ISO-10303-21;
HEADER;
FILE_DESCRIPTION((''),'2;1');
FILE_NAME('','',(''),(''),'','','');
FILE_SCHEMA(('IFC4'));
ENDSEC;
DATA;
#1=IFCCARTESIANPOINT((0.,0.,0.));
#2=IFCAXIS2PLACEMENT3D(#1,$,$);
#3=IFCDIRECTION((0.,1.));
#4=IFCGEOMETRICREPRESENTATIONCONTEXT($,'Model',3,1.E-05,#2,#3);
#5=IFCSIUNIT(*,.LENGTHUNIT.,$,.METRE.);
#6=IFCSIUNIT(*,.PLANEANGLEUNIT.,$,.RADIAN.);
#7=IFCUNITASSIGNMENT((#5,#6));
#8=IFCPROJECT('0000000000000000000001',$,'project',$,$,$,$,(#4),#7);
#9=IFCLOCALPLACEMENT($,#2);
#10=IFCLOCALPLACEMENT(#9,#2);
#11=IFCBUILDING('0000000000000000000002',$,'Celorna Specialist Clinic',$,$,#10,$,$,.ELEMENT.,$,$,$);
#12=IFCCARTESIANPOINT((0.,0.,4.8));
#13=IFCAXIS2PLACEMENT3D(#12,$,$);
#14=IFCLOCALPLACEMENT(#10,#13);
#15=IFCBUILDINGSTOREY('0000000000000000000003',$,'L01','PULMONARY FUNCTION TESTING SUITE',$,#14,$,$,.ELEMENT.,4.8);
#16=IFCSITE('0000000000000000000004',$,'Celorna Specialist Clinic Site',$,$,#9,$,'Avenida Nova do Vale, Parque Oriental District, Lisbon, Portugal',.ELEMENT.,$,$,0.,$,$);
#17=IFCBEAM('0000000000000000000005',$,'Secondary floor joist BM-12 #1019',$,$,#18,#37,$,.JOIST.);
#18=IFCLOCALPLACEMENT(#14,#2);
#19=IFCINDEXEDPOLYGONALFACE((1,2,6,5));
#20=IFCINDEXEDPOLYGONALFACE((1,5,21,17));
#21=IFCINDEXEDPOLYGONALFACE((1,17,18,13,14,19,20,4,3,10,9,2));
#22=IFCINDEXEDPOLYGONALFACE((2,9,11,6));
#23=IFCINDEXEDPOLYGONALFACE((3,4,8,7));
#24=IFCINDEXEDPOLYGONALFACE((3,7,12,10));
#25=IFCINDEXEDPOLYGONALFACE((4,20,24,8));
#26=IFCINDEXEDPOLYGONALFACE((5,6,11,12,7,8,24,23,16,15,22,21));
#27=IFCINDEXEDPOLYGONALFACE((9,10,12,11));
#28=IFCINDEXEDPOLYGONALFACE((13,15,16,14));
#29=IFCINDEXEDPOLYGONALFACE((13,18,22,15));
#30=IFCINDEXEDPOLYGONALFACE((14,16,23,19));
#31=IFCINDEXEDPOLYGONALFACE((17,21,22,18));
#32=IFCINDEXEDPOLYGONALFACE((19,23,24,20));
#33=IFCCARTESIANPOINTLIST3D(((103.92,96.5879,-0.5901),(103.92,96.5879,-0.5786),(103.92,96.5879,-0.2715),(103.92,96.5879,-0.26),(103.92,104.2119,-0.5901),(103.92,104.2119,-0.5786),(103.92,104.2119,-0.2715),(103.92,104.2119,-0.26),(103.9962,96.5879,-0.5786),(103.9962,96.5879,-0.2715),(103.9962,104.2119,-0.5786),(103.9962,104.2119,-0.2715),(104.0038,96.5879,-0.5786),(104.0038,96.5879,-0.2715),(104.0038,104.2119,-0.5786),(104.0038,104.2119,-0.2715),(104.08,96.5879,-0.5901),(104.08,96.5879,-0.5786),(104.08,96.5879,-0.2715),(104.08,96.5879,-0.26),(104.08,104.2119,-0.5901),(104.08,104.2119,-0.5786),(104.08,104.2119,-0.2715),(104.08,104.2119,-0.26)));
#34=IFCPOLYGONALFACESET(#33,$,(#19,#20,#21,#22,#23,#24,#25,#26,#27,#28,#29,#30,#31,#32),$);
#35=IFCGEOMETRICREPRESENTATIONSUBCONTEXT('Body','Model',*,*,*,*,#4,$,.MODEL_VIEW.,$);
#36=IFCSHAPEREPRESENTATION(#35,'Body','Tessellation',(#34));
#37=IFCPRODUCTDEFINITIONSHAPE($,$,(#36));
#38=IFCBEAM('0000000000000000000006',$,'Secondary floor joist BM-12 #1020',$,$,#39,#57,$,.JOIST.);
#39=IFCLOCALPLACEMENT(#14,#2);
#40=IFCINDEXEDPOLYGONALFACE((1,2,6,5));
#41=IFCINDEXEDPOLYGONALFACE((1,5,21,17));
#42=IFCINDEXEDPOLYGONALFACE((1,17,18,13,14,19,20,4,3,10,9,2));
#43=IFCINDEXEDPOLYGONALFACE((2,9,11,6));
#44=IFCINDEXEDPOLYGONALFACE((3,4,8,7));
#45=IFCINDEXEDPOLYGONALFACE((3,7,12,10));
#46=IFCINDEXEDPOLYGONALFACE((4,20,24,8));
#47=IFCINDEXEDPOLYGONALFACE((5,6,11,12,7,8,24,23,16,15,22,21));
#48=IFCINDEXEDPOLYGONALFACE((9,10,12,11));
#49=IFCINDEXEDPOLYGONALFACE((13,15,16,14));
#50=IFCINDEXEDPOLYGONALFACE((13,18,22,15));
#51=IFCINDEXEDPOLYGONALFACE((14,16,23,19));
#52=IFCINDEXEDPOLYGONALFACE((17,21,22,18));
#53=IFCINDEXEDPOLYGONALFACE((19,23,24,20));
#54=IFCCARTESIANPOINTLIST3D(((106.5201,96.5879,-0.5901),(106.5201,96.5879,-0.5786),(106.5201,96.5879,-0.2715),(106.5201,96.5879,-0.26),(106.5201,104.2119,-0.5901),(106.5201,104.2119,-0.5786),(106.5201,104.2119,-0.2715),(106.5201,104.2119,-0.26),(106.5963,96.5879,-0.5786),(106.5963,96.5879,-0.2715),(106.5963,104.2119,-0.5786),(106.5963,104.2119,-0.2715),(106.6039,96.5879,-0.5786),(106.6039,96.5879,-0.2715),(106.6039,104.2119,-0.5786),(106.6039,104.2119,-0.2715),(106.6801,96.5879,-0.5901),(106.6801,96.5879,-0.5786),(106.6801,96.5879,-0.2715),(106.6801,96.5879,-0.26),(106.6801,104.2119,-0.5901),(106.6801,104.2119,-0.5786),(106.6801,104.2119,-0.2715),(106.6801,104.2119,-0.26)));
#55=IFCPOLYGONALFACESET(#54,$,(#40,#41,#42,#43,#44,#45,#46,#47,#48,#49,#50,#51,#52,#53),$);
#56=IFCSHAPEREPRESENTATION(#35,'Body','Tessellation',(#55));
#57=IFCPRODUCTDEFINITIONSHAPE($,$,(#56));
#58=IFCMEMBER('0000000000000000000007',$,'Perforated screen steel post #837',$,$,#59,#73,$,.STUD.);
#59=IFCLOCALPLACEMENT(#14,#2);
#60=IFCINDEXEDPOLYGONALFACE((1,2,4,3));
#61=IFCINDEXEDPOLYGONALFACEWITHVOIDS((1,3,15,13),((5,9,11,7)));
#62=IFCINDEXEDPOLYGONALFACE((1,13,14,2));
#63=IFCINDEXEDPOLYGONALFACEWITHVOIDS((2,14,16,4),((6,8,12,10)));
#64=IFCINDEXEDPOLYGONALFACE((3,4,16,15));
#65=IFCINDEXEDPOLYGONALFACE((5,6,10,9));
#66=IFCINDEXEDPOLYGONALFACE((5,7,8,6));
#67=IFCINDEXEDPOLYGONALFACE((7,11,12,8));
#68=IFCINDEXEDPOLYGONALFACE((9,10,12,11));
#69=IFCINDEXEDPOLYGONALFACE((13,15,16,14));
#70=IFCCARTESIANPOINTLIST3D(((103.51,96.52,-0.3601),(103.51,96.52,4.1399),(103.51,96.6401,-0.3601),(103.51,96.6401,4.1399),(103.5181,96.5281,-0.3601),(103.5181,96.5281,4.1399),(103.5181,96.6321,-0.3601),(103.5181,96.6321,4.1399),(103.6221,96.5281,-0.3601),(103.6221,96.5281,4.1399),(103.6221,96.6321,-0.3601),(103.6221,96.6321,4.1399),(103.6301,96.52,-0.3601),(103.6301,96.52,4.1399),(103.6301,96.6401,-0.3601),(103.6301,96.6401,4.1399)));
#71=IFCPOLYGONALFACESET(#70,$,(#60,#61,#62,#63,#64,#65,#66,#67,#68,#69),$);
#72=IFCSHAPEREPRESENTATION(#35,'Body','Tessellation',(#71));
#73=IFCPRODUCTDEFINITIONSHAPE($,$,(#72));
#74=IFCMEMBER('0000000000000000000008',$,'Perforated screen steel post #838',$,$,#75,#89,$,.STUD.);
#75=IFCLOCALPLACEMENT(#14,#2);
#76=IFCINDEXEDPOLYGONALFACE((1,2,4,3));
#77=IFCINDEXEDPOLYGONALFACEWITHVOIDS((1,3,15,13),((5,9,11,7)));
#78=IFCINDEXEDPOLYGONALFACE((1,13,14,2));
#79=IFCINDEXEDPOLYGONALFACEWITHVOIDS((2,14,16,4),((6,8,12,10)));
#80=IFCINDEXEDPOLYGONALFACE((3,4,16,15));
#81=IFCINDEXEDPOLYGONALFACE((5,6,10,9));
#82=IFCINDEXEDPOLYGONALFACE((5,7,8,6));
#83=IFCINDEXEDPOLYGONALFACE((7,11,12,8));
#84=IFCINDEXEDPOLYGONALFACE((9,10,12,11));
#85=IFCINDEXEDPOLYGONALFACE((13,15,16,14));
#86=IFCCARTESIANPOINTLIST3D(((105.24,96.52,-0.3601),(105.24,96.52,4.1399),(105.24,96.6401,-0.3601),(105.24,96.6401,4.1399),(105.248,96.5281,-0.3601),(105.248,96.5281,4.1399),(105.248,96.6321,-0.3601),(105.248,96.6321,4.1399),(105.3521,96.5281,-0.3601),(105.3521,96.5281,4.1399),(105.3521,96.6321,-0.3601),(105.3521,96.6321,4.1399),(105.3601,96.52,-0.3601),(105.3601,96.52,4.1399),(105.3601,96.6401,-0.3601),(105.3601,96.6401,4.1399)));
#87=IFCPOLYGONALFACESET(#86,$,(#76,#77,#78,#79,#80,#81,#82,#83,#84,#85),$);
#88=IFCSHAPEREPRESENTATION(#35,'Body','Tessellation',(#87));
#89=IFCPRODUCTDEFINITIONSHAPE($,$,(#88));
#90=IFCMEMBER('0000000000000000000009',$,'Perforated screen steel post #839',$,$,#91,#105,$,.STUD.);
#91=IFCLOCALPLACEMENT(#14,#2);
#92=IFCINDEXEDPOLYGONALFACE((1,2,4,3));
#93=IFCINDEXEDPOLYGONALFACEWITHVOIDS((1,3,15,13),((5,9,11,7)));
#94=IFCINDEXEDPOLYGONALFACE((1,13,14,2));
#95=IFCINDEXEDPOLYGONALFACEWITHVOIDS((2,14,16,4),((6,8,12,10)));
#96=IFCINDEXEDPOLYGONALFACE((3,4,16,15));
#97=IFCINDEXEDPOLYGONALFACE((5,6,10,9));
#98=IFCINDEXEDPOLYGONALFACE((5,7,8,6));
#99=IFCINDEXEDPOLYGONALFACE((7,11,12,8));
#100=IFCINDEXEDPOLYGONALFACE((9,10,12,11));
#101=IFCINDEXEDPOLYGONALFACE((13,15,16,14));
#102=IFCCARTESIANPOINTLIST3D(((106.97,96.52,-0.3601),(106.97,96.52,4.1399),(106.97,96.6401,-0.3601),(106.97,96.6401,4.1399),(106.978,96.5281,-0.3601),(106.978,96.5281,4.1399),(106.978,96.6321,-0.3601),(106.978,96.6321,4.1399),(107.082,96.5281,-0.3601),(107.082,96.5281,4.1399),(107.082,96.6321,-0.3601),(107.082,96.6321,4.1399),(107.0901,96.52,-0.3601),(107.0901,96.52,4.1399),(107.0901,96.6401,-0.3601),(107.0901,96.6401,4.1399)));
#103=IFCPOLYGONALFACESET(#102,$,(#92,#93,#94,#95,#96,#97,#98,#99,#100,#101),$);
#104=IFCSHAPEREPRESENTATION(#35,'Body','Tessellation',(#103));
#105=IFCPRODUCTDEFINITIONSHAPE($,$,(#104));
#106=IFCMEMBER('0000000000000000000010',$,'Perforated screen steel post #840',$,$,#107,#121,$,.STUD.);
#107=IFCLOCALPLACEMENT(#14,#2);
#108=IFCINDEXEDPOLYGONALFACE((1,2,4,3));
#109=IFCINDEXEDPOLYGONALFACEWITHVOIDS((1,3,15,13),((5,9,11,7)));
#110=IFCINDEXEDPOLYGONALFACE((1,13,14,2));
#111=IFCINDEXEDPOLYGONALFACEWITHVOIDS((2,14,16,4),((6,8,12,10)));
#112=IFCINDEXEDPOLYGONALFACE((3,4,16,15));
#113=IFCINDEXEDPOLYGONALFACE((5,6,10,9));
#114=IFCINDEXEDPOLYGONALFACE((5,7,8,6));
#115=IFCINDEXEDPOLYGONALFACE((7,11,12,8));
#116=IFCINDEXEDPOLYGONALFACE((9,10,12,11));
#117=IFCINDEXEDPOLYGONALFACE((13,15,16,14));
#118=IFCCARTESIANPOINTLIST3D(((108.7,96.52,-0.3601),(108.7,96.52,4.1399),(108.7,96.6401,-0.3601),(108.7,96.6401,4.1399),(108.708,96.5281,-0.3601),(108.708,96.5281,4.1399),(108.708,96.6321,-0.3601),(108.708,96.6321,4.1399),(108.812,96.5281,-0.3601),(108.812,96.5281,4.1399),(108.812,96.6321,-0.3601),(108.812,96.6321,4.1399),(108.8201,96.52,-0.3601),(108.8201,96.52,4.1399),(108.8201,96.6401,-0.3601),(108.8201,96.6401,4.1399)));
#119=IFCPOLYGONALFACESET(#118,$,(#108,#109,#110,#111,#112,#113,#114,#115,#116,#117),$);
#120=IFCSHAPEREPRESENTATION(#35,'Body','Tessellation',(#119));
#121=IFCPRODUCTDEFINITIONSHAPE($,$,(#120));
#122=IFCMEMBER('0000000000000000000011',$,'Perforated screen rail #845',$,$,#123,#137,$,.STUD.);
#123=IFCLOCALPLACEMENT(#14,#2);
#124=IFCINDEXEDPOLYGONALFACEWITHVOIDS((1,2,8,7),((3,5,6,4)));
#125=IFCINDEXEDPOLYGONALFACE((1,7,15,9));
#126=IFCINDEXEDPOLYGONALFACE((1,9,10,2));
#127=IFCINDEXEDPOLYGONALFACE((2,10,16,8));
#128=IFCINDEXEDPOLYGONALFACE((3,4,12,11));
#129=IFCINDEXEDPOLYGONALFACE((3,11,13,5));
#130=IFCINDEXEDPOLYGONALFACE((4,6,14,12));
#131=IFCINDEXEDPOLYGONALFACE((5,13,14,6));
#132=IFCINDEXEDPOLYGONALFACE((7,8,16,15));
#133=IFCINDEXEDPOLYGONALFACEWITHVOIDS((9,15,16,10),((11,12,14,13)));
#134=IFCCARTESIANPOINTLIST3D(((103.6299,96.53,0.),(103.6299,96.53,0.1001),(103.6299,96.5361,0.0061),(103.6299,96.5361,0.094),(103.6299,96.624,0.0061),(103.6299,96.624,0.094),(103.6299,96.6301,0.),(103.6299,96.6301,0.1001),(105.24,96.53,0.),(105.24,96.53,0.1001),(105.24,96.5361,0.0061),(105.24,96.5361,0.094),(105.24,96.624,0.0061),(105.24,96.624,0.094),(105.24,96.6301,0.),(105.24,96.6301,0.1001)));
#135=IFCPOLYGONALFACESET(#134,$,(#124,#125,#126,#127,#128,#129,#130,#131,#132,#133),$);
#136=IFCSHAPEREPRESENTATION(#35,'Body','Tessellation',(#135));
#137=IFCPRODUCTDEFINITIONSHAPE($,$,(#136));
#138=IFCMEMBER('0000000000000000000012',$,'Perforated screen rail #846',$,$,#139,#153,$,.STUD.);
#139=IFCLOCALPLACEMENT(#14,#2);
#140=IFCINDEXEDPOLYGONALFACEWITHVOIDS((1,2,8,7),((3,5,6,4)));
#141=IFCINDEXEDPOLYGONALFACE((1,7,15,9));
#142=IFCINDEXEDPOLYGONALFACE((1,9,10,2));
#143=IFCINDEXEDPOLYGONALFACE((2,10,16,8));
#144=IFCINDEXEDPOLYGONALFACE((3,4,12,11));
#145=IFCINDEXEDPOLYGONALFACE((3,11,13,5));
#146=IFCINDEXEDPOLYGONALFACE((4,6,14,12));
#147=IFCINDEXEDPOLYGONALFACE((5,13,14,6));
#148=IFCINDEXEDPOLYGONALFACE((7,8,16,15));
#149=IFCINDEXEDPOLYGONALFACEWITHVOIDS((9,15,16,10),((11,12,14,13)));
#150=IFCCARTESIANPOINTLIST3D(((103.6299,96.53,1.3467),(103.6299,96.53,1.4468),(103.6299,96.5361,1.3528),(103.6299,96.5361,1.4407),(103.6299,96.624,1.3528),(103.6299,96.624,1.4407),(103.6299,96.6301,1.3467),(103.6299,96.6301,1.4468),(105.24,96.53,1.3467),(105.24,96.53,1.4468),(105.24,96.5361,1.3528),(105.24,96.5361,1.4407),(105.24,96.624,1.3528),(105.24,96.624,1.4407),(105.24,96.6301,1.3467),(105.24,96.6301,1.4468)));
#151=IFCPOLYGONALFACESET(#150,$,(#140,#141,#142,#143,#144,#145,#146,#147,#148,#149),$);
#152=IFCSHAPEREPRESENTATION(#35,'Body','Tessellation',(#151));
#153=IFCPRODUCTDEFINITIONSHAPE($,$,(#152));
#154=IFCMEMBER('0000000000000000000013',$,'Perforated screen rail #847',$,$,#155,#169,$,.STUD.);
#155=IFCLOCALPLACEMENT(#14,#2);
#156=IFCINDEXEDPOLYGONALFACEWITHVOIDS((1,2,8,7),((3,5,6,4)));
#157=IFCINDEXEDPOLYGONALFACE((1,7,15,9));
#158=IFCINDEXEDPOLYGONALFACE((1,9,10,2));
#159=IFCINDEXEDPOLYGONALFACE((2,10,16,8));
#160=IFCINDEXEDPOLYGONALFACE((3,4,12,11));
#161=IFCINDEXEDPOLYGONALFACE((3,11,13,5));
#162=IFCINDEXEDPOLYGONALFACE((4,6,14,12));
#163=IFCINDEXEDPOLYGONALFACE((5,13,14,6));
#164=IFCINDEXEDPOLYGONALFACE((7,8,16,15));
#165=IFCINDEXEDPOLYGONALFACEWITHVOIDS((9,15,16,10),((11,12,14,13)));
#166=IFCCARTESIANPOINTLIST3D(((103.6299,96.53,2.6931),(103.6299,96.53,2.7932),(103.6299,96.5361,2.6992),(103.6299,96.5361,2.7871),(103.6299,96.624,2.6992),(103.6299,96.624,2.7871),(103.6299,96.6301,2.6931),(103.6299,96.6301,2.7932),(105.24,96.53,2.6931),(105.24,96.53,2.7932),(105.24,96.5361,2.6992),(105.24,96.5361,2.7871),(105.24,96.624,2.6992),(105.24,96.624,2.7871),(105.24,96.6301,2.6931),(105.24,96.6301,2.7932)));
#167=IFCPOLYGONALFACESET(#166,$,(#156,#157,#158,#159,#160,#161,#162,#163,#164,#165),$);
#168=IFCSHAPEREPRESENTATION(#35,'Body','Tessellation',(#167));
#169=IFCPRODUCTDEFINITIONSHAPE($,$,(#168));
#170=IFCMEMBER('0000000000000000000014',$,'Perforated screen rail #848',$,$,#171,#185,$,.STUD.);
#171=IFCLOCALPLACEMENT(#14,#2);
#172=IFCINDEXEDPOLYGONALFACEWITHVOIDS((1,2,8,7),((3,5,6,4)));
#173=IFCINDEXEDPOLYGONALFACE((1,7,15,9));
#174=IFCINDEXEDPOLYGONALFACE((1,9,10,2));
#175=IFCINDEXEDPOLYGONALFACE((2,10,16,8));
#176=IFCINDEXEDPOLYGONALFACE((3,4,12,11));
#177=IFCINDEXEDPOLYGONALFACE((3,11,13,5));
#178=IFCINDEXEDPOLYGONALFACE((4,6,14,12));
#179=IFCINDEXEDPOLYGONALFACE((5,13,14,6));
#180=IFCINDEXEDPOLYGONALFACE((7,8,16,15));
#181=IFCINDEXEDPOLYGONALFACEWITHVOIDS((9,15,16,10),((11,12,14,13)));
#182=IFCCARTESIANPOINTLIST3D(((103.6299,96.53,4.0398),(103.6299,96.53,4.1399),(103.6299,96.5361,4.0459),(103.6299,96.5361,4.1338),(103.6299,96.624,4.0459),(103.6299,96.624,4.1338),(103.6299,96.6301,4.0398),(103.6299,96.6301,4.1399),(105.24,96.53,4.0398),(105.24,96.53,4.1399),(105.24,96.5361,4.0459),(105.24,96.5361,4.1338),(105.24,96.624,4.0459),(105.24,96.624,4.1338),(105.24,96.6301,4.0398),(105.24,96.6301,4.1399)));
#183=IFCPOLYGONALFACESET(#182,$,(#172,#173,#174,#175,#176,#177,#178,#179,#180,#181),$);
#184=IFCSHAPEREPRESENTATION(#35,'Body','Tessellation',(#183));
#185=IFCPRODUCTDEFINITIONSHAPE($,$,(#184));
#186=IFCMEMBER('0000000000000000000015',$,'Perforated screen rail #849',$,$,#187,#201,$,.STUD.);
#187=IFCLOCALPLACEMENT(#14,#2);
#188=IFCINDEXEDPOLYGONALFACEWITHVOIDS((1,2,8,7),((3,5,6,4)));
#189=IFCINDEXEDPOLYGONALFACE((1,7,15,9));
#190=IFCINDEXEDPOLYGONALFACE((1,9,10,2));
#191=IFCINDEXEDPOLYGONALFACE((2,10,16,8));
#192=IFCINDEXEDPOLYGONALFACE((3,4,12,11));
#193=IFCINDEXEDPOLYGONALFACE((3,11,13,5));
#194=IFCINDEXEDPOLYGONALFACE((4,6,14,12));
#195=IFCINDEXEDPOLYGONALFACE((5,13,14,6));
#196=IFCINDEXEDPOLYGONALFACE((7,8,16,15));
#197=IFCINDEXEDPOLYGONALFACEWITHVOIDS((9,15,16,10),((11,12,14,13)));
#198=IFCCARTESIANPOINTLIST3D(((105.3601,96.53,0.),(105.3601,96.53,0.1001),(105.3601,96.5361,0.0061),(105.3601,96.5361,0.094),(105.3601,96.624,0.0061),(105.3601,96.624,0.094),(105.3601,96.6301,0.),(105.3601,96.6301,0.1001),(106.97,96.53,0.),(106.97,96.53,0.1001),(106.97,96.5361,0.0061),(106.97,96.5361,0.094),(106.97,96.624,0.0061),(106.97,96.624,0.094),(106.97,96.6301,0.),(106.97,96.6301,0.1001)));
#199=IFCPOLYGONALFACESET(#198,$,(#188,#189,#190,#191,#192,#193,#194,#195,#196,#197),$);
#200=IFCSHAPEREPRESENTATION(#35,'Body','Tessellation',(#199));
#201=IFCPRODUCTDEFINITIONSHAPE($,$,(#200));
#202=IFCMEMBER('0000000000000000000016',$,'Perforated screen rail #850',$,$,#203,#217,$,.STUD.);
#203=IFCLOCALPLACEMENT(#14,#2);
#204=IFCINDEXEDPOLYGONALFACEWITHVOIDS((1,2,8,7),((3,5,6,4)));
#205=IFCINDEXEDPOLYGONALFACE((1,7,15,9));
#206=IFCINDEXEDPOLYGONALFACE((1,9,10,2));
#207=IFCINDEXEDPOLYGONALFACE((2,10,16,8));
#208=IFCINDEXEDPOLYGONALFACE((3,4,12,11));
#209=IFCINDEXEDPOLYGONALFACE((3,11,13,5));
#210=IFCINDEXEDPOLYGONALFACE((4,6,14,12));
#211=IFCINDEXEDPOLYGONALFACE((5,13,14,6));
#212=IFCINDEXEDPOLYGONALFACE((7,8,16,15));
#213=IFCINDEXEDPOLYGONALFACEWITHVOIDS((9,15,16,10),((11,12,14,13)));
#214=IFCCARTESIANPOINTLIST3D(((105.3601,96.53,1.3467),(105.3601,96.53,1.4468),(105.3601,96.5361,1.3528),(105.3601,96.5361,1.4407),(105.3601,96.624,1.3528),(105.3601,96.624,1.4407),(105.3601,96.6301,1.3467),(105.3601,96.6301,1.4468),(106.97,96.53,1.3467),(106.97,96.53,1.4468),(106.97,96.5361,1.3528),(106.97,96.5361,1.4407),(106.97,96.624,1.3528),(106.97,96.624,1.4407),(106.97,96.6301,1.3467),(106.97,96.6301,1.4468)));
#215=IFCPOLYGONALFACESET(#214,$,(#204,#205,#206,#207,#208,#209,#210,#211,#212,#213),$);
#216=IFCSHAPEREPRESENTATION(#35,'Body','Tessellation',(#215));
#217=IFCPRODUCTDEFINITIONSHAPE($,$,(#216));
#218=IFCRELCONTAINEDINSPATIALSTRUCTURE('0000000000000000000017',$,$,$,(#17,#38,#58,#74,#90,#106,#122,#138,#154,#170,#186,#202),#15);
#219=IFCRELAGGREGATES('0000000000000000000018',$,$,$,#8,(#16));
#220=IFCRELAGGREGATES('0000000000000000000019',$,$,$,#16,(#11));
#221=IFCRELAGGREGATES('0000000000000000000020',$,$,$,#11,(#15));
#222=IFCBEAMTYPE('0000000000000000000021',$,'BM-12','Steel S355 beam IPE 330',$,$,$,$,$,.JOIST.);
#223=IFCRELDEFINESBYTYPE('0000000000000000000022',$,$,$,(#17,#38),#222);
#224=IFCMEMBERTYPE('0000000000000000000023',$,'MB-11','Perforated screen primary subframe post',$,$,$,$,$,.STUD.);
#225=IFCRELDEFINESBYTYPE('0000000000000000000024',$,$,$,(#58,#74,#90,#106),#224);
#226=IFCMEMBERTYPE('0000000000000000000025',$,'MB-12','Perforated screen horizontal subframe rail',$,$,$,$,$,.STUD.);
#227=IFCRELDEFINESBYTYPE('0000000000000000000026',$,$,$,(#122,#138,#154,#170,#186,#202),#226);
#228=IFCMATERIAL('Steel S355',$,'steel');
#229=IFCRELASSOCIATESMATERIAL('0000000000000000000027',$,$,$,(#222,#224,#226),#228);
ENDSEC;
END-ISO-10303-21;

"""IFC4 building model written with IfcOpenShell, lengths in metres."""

from ifc_helpers import new_model, si_unit, direction, frame, origin, origin_2d, place, context, subcontext, project, spatial, hollow_rectangle, i_section, extrude, material, material_profile, profile_set, type_object, element, save


model = new_model("IFC4")

# Units and contexts
model_context = context("Model", 3, precision=1e-05, world=origin(), true_north=direction((0.0, 1.0)))
body_context = subcontext(model_context, "Body", "Model", "MODEL_VIEW")
ifc_project = project(units=[si_unit("LENGTHUNIT", "METRE"), si_unit("PLANEANGLEUNIT", "RADIAN")], contexts=[model_context])

# Site, building, storey
site_placement = place(None, origin())
site = spatial("IfcSite", under=ifc_project, at=site_placement, Name="Celorna Specialist Clinic Site", LongName="Avenida Nova do Vale, Parque Oriental District, Lisbon, Portugal", CompositionType="ELEMENT", RefElevation=0.0)
building_placement = place(site_placement, origin())
building = spatial("IfcBuilding", under=site, at=building_placement, Name="Celorna Specialist Clinic", CompositionType="ELEMENT")
storey_placement = place(building_placement, frame((0.0, 0.0, 4.8)))
storey = spatial("IfcBuildingStorey", under=building, at=storey_placement, Name="L01", Description="PULMONARY FUNCTION TESTING SUITE", CompositionType="ELEMENT", Elevation=4.8)

# Beams
ifc_material_1 = material(Name="Steel S355", Category="steel")
ifc_material_profile_1 = material_profile(ifc_material_1, i_section(OverallWidth=0.1599, OverallDepth=0.3301, WebThickness=0.0076, FlangeThickness=0.0115, at=origin_2d()), Name="IPE 330")
ifc_profile_set_1 = profile_set([ifc_material_profile_1], Name="Steel S355")
beam_type = type_object("IfcBeamType", Name="BM-12", Description="Steel S355 beam IPE 330", PredefinedType="JOIST", material=ifc_profile_set_1)
for number, where, z_axis, x_axis, name in (
    (1, (104.0, 96.5879, -0.425), (0.0, 1.0, 0.0), (-1.0, 0.0, 0.0), "Secondary floor joist BM-12 #1019"),
    (2, (106.6001, 96.5879, -0.425), (0.0, 1.0, 0.0), (-1.0, 0.0, 0.0), "Secondary floor joist BM-12 #1020"),
):
    element("IfcBeam", number, at=place(storey_placement, frame(where, z_axis=z_axis, x_axis=x_axis)), inside=storey, type_object=beam_type, Name=name, PredefinedType="JOIST", context=body_context, shape_type="SweptSolid", body=[
        extrude(i_section(OverallWidth=0.1599, OverallDepth=0.3301, WebThickness=0.0076, FlangeThickness=0.0115, at=origin_2d()), origin(), (0.0, 0.0, 1.0), 7.624),
    ])

# Members
ifc_material_profile_2 = material_profile(ifc_material_1, hollow_rectangle(XDim=0.1201, YDim=0.1201, WallThickness=0.0081, at=origin_2d()), Name="SHS 120x120x8")
ifc_profile_set_2 = profile_set([ifc_material_profile_2], Name="Steel S355")
member_type_1 = type_object("IfcMemberType", Name="MB-11", Description="Perforated screen primary subframe post", PredefinedType="STUD", material=ifc_profile_set_2)
for number, where, z_axis, x_axis, name in (
    (3, (103.5701, 96.5801, -0.3601), (0.0, 0.0, 1.0), (1.0, 0.0, 0.0), "Perforated screen steel post #837"),
    (4, (105.3, 96.5801, -0.3601), (0.0, 0.0, 1.0), (1.0, 0.0, 0.0), "Perforated screen steel post #838"),
    (5, (107.03, 96.5801, -0.3601), (0.0, 0.0, 1.0), (1.0, 0.0, 0.0), "Perforated screen steel post #839"),
    (6, (108.76, 96.5801, -0.3601), (0.0, 0.0, 1.0), (1.0, 0.0, 0.0), "Perforated screen steel post #840"),
):
    element("IfcMember", number, at=place(storey_placement, frame(where, z_axis=z_axis, x_axis=x_axis)), inside=storey, type_object=member_type_1, Name=name, PredefinedType="STUD", context=body_context, shape_type="SweptSolid", body=[
        extrude(hollow_rectangle(XDim=0.1201, YDim=0.1201, WallThickness=0.0081, at=origin_2d()), origin(), (0.0, 0.0, 1.0), 4.5),
    ])
ifc_material_profile_3 = material_profile(ifc_material_1, hollow_rectangle(XDim=0.1001, YDim=0.1001, WallThickness=0.0061, at=origin_2d()), Name="SHS 100x100x6")
ifc_profile_set_3 = profile_set([ifc_material_profile_3], Name="Steel S355")
member_type_2 = type_object("IfcMemberType", Name="MB-12", Description="Perforated screen horizontal subframe rail", PredefinedType="STUD", material=ifc_profile_set_3)
for number, where, z_axis, x_axis, name in (
    (7, (103.6299, 96.5801, 0.05), (1.0, 0.0, 0.0), (0.0, 1.0, 0.0), "Perforated screen rail #845"),
    (8, (103.6299, 96.5801, 1.3967), (1.0, 0.0, 0.0), (0.0, 1.0, 0.0), "Perforated screen rail #846"),
    (9, (103.6299, 96.5801, 2.7432), (1.0, 0.0, 0.0), (0.0, 1.0, 0.0), "Perforated screen rail #847"),
    (10, (103.6299, 96.5801, 4.0898), (1.0, 0.0, 0.0), (0.0, 1.0, 0.0), "Perforated screen rail #848"),
):
    element("IfcMember", number, at=place(storey_placement, frame(where, z_axis=z_axis, x_axis=x_axis)), inside=storey, type_object=member_type_2, Name=name, PredefinedType="STUD", context=body_context, shape_type="SweptSolid", body=[
        extrude(hollow_rectangle(XDim=0.1001, YDim=0.1001, WallThickness=0.0061, at=origin_2d()), origin(), (0.0, 0.0, 1.0), 1.6101),
    ])
for number, where, z_axis, x_axis, name in (
    (11, (105.3601, 96.5801, 0.05), (1.0, 0.0, 0.0), (0.0, 1.0, 0.0), "Perforated screen rail #849"),
    (12, (105.3601, 96.5801, 1.3967), (1.0, 0.0, 0.0), (0.0, 1.0, 0.0), "Perforated screen rail #850"),
):
    element("IfcMember", number, at=place(storey_placement, frame(where, z_axis=z_axis, x_axis=x_axis)), inside=storey, type_object=member_type_2, Name=name, PredefinedType="STUD", context=body_context, shape_type="SweptSolid", body=[
        extrude(hollow_rectangle(XDim=0.1001, YDim=0.1001, WallThickness=0.0061, at=origin_2d()), origin(), (0.0, 0.0, 1.0), 1.6099),
    ])

save(model, "model.ifc")
